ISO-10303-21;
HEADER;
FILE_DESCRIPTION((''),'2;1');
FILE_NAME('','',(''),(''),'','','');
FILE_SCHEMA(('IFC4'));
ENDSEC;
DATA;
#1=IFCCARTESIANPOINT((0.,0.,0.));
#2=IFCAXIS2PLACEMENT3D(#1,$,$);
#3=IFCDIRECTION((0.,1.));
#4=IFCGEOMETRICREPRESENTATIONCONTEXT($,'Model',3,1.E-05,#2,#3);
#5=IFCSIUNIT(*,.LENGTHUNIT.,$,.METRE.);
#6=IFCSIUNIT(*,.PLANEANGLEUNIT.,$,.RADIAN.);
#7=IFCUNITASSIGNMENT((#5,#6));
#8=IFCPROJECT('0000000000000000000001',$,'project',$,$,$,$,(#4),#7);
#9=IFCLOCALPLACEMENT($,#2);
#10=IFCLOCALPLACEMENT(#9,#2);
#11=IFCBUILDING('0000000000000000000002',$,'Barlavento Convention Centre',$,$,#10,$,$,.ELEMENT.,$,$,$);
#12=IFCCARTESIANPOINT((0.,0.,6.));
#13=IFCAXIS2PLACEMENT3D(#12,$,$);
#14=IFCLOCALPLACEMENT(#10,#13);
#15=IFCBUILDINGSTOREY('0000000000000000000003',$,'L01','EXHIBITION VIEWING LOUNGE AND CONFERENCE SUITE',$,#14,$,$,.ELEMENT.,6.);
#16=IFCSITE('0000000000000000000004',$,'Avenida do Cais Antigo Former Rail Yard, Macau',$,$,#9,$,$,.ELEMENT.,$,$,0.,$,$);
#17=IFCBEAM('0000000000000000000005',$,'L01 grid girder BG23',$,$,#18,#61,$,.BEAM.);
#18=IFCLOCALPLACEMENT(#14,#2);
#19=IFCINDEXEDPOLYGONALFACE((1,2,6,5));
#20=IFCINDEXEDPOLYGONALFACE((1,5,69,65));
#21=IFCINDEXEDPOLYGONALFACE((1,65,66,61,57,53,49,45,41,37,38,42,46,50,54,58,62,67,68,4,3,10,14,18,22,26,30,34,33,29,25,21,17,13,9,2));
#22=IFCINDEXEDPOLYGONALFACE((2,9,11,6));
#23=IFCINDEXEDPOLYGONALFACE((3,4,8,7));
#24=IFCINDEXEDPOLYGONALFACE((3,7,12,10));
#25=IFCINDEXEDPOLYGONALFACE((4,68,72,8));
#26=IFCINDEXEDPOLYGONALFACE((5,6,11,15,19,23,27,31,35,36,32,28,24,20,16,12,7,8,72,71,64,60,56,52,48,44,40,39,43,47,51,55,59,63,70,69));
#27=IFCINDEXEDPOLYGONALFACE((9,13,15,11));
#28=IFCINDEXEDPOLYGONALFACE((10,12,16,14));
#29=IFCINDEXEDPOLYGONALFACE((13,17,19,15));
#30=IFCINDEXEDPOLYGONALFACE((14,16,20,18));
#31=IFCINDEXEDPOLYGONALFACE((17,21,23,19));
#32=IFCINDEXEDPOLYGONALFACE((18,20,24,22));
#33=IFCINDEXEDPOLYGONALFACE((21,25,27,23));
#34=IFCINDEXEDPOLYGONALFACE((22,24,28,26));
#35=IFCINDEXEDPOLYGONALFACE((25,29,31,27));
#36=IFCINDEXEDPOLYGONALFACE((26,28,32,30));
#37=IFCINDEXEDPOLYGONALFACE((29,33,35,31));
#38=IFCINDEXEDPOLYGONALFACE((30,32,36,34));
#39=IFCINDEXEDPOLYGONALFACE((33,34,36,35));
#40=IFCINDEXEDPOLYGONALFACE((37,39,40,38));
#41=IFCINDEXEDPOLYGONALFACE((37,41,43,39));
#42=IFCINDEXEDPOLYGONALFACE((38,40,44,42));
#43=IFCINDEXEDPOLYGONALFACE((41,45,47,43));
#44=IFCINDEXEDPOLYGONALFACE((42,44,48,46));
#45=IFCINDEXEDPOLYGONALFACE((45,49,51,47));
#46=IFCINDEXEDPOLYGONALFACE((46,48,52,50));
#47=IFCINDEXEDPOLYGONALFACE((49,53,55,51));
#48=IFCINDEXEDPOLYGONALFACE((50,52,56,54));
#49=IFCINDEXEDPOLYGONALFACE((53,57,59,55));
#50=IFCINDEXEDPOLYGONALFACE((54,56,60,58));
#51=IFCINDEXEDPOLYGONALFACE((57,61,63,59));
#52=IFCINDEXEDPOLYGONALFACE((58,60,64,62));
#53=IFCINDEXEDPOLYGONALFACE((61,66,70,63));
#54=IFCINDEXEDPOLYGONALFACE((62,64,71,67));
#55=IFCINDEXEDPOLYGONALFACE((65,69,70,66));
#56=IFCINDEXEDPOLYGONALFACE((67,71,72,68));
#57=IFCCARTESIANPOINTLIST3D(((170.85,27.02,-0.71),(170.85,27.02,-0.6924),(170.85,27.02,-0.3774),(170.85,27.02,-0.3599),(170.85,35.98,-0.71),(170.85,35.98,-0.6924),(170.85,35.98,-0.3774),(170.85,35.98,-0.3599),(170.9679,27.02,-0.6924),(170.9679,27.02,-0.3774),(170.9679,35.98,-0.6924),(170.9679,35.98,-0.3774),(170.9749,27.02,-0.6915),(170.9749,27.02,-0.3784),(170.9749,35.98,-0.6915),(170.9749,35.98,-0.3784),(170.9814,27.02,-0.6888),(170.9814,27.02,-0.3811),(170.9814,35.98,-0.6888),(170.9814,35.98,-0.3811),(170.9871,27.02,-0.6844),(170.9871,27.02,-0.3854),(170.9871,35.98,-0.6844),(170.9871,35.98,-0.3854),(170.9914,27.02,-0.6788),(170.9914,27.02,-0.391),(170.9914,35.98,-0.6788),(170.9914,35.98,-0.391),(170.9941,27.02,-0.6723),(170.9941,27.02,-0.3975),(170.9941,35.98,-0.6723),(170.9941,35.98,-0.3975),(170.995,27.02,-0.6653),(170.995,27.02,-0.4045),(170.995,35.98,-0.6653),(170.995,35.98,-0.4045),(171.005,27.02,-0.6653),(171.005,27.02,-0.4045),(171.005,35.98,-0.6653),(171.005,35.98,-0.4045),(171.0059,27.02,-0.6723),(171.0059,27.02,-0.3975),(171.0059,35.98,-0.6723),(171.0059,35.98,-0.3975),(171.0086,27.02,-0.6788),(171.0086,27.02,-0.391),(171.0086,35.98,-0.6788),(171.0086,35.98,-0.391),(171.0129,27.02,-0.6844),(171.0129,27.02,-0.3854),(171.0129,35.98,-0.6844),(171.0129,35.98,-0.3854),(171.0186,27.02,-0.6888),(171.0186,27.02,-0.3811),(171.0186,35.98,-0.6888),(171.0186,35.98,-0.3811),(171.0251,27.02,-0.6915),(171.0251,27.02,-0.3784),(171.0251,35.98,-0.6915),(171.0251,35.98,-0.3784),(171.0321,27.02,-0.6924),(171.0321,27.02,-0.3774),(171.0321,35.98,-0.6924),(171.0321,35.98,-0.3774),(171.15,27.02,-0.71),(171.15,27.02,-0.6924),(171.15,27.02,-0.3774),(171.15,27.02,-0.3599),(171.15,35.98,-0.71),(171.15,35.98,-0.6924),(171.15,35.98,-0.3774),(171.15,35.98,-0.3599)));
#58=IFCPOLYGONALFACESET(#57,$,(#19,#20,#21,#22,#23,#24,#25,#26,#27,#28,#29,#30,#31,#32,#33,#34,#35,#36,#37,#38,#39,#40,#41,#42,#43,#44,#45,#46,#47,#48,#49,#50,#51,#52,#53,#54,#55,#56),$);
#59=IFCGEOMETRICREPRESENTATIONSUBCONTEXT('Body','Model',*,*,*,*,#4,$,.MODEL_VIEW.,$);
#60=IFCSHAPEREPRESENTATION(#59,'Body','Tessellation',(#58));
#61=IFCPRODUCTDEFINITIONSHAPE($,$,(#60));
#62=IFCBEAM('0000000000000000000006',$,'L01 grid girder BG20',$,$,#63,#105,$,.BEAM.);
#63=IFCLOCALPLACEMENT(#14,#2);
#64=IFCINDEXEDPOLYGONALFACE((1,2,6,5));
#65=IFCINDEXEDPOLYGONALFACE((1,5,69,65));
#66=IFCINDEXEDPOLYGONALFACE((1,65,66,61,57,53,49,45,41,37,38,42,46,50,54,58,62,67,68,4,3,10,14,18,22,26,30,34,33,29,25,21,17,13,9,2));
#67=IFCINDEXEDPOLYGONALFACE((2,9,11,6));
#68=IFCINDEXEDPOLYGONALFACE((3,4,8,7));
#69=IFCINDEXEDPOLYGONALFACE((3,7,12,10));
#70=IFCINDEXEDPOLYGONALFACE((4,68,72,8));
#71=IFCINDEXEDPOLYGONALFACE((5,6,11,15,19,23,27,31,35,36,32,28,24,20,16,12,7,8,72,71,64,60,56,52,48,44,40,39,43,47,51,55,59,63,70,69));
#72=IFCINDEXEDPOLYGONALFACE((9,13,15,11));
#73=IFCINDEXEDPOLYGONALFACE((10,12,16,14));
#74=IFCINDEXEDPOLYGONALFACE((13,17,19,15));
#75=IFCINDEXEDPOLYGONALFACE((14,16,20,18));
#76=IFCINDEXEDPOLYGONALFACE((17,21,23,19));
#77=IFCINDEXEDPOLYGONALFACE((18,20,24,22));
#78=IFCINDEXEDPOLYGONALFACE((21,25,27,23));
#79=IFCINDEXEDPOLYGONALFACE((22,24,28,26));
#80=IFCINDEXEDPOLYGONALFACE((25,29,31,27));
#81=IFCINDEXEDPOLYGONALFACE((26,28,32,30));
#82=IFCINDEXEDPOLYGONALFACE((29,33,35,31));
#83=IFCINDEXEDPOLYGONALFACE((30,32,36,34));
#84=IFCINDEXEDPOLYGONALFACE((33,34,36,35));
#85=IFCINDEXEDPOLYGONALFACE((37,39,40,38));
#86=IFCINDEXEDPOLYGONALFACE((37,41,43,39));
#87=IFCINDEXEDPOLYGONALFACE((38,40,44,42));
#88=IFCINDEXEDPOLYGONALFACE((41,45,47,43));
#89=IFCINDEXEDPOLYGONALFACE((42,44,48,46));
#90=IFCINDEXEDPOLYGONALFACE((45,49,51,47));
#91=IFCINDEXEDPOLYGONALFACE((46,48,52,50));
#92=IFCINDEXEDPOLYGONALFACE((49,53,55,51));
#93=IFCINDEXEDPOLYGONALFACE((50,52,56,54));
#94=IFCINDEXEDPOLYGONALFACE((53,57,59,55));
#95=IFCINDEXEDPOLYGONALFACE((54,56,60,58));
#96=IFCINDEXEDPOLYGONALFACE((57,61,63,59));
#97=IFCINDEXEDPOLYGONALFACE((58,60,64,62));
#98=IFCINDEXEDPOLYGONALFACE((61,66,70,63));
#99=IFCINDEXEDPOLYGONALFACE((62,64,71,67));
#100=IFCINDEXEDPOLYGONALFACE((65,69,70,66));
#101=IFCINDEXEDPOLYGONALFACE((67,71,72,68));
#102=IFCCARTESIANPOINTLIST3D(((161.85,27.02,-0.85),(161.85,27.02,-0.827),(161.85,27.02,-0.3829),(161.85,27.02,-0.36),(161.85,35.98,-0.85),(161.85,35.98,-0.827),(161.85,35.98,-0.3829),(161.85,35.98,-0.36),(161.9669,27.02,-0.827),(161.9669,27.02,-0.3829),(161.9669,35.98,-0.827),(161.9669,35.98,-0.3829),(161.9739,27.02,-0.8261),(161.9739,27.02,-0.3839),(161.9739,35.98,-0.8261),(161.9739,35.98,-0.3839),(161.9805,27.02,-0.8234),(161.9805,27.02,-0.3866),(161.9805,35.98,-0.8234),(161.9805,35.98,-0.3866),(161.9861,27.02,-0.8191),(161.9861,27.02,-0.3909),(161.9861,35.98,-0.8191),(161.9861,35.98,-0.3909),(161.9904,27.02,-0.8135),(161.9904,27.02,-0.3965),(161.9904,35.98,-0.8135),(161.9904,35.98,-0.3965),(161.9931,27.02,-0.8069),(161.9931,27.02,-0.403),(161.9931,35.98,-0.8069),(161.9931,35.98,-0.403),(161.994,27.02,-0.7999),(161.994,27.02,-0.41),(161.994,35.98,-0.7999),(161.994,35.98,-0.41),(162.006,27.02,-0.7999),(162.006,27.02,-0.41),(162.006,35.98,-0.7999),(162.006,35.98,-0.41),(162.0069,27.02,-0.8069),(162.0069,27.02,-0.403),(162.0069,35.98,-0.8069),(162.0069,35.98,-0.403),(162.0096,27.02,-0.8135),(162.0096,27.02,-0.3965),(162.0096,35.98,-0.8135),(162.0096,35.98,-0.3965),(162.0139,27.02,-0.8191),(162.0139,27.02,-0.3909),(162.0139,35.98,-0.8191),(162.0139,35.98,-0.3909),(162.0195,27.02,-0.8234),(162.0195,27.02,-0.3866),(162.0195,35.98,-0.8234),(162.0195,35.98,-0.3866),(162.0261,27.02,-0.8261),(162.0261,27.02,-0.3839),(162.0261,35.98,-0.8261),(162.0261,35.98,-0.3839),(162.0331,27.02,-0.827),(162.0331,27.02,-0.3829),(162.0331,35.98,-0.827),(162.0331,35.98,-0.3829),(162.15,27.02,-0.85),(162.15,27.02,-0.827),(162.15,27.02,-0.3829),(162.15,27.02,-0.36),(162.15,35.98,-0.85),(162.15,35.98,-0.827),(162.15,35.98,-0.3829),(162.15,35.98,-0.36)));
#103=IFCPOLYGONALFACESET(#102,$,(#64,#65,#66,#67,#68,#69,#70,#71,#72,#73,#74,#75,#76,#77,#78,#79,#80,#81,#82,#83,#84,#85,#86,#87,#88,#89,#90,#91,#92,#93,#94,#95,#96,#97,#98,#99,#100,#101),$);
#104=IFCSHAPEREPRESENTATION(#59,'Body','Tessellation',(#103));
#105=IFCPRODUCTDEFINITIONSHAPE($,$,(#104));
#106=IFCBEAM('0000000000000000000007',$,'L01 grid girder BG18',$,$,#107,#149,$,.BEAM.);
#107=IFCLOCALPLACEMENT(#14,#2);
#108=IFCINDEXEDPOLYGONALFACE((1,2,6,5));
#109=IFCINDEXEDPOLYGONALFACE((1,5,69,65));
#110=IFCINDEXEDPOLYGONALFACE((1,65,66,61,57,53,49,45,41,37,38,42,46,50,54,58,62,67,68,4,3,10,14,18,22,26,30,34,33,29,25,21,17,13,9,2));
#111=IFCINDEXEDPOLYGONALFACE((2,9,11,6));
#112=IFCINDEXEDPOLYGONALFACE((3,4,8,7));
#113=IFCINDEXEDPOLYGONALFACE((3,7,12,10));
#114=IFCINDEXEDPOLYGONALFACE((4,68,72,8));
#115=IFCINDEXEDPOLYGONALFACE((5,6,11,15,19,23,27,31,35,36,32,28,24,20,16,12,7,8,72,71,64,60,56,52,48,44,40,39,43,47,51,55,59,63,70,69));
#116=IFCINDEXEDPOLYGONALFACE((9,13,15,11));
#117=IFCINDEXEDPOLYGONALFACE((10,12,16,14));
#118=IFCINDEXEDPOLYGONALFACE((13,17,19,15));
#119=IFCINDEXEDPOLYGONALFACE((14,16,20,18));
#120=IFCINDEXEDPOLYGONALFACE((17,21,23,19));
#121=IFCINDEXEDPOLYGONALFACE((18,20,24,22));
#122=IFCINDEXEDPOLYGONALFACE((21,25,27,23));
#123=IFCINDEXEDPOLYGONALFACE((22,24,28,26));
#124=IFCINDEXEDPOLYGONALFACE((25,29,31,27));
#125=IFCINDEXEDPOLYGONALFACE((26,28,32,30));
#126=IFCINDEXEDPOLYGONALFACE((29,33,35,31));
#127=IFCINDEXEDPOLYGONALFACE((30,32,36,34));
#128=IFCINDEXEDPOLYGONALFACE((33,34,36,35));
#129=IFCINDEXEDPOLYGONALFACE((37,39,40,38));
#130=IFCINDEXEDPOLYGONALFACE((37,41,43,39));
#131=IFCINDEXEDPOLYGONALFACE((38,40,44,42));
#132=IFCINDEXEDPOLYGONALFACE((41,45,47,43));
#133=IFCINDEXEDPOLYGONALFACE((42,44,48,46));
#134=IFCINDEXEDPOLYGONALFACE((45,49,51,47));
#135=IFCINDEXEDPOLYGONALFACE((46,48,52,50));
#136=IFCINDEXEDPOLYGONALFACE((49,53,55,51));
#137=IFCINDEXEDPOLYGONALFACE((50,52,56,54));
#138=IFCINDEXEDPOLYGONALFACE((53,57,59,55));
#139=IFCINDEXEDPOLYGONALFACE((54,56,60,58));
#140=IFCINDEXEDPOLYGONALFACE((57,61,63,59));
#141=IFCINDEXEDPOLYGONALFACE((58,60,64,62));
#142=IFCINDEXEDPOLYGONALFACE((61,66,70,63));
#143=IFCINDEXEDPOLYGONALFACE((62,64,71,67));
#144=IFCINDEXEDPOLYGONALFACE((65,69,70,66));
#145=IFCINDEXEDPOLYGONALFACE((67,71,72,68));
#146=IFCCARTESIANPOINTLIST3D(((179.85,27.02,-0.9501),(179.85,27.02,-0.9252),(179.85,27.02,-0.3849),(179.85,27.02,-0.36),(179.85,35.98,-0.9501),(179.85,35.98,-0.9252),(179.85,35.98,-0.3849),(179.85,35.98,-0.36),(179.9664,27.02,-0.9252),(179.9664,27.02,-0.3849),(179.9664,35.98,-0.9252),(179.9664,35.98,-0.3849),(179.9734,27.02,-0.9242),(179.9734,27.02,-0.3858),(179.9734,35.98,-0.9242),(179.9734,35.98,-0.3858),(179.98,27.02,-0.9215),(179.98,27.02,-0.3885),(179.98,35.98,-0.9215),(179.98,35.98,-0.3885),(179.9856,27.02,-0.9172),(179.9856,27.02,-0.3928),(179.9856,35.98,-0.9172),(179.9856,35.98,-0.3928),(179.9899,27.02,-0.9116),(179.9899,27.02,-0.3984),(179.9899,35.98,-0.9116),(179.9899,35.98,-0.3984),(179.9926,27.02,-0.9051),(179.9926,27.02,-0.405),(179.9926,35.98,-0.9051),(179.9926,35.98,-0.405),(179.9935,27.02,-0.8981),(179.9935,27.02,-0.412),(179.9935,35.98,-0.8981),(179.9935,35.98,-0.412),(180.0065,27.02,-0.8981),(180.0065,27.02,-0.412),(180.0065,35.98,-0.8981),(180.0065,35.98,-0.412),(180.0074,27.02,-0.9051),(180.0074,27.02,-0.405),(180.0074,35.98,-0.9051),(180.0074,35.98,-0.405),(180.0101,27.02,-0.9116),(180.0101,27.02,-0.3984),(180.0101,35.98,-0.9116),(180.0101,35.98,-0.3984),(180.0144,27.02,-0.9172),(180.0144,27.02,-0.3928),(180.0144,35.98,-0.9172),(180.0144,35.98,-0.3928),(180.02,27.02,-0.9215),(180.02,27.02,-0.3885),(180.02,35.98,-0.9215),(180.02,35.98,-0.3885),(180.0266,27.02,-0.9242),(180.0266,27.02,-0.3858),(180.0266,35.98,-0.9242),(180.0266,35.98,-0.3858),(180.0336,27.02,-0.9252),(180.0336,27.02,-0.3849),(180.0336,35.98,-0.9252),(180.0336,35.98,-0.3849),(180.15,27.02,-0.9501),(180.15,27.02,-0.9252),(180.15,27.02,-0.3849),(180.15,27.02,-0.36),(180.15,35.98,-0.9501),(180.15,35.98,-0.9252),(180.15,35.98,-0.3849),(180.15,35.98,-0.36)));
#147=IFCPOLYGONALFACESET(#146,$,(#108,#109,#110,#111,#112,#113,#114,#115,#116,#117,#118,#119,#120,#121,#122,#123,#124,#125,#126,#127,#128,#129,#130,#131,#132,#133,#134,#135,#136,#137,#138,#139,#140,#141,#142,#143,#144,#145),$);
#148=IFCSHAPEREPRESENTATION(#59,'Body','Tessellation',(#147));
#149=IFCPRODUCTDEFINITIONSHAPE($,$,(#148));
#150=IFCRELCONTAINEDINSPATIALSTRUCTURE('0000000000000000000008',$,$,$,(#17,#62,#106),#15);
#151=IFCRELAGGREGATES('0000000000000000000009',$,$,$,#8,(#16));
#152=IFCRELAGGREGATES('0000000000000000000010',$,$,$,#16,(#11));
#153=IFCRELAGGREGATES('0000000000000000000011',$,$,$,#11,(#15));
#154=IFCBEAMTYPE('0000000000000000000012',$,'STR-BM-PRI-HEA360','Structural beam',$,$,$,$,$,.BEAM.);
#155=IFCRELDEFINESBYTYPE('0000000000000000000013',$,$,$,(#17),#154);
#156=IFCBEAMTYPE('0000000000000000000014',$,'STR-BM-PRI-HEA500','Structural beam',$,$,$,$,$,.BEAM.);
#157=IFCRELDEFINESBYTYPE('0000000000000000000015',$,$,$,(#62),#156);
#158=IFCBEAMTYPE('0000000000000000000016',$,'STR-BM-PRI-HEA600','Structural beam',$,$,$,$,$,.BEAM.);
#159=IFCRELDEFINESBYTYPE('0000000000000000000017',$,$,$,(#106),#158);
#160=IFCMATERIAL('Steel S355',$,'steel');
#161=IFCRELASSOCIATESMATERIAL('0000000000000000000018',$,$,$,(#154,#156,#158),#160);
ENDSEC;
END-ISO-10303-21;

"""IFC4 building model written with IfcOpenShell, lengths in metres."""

from ifc_helpers import new_model, si_unit, direction, frame, origin, origin_2d, place, context, subcontext, project, spatial, i_section, extrude, material, material_profile, profile_set, type_object, element, save


model = new_model("IFC4")

# Units and contexts
model_context = context("Model", 3, precision=1e-05, world=origin(), true_north=direction((0.0, 1.0)))
body_context = subcontext(model_context, "Body", "Model", "MODEL_VIEW")
ifc_project = project(units=[si_unit("LENGTHUNIT", "METRE"), si_unit("PLANEANGLEUNIT", "RADIAN")], contexts=[model_context])

# Site, building, storey
site_placement = place(None, origin())
site = spatial("IfcSite", under=ifc_project, at=site_placement, Name="Avenida do Cais Antigo Former Rail Yard, Macau", CompositionType="ELEMENT", RefElevation=0.0)
building_placement = place(site_placement, origin())
building = spatial("IfcBuilding", under=site, at=building_placement, Name="Barlavento Convention Centre", CompositionType="ELEMENT")
storey_placement = place(building_placement, frame((0.0, 0.0, 6.0)))
storey = spatial("IfcBuildingStorey", under=building, at=storey_placement, Name="L01", Description="EXHIBITION VIEWING LOUNGE AND CONFERENCE SUITE", CompositionType="ELEMENT", Elevation=6.0)

# Shared definitions
ifc_material_1 = material(Name="Steel S355", Category="steel")

# Beams
ifc_material_profile_1 = material_profile(ifc_material_1, i_section(OverallWidth=0.3, OverallDepth=0.3501, WebThickness=0.01, FlangeThickness=0.0176, FilletRadius=0.0271, at=origin_2d()), Name="HEA 360")
ifc_profile_set_1 = profile_set([ifc_material_profile_1], Name="Steel S355")
beam_type_1 = type_object("IfcBeamType", Name="STR-BM-PRI-HEA360", Description="Structural beam", PredefinedType="BEAM", material=ifc_profile_set_1)
beam_1_placement = place(storey_placement, frame((171.0, 27.02, -0.5349), z_axis=(0.0, 1.0, 0.0), x_axis=(-1.0, 0.0, 0.0)))
element("IfcBeam", 1, at=beam_1_placement, inside=storey, type_object=beam_type_1, Name="L01 grid girder BG23", PredefinedType="BEAM", context=body_context, shape_type="SweptSolid", body=[
    extrude(i_section(OverallWidth=0.3, OverallDepth=0.3501, WebThickness=0.01, FlangeThickness=0.0176, FilletRadius=0.0271, at=origin_2d()), origin(), (0.0, 0.0, 1.0), 8.96),
])
ifc_material_profile_2 = material_profile(ifc_material_1, i_section(OverallWidth=0.3, OverallDepth=0.49, WebThickness=0.012, FlangeThickness=0.0229, FilletRadius=0.0271, at=origin_2d()), Name="HEA 500")
ifc_profile_set_2 = profile_set([ifc_material_profile_2], Name="Steel S355")
beam_type_2 = type_object("IfcBeamType", Name="STR-BM-PRI-HEA500", Description="Structural beam", PredefinedType="BEAM", material=ifc_profile_set_2)
beam_2_placement = place(storey_placement, frame((162.0, 27.02, -0.605), z_axis=(0.0, 1.0, 0.0), x_axis=(-1.0, 0.0, 0.0)))
element("IfcBeam", 2, at=beam_2_placement, inside=storey, type_object=beam_type_2, Name="L01 grid girder BG20", PredefinedType="BEAM", context=body_context, shape_type="SweptSolid", body=[
    extrude(i_section(OverallWidth=0.3, OverallDepth=0.49, WebThickness=0.012, FlangeThickness=0.0229, FilletRadius=0.0271, at=origin_2d()), origin(), (0.0, 0.0, 1.0), 8.96),
])
ifc_material_profile_3 = material_profile(ifc_material_1, i_section(OverallWidth=0.3, OverallDepth=0.5901, WebThickness=0.0129, FlangeThickness=0.0249, FilletRadius=0.0271, at=origin_2d()), Name="HEA 600")
ifc_profile_set_3 = profile_set([ifc_material_profile_3], Name="Steel S355")
beam_type_3 = type_object("IfcBeamType", Name="STR-BM-PRI-HEA600", Description="Structural beam", PredefinedType="BEAM", material=ifc_profile_set_3)
beam_3_placement = place(storey_placement, frame((180.0, 27.02, -0.655), z_axis=(0.0, 1.0, 0.0), x_axis=(-1.0, 0.0, 0.0)))
element("IfcBeam", 3, at=beam_3_placement, inside=storey, type_object=beam_type_3, Name="L01 grid girder BG18", PredefinedType="BEAM", context=body_context, shape_type="SweptSolid", body=[
    extrude(i_section(OverallWidth=0.3, OverallDepth=0.5901, WebThickness=0.0129, FlangeThickness=0.0249, FilletRadius=0.0271, at=origin_2d()), origin(), (0.0, 0.0, 1.0), 8.96),
])

save(model, "model.ifc")
